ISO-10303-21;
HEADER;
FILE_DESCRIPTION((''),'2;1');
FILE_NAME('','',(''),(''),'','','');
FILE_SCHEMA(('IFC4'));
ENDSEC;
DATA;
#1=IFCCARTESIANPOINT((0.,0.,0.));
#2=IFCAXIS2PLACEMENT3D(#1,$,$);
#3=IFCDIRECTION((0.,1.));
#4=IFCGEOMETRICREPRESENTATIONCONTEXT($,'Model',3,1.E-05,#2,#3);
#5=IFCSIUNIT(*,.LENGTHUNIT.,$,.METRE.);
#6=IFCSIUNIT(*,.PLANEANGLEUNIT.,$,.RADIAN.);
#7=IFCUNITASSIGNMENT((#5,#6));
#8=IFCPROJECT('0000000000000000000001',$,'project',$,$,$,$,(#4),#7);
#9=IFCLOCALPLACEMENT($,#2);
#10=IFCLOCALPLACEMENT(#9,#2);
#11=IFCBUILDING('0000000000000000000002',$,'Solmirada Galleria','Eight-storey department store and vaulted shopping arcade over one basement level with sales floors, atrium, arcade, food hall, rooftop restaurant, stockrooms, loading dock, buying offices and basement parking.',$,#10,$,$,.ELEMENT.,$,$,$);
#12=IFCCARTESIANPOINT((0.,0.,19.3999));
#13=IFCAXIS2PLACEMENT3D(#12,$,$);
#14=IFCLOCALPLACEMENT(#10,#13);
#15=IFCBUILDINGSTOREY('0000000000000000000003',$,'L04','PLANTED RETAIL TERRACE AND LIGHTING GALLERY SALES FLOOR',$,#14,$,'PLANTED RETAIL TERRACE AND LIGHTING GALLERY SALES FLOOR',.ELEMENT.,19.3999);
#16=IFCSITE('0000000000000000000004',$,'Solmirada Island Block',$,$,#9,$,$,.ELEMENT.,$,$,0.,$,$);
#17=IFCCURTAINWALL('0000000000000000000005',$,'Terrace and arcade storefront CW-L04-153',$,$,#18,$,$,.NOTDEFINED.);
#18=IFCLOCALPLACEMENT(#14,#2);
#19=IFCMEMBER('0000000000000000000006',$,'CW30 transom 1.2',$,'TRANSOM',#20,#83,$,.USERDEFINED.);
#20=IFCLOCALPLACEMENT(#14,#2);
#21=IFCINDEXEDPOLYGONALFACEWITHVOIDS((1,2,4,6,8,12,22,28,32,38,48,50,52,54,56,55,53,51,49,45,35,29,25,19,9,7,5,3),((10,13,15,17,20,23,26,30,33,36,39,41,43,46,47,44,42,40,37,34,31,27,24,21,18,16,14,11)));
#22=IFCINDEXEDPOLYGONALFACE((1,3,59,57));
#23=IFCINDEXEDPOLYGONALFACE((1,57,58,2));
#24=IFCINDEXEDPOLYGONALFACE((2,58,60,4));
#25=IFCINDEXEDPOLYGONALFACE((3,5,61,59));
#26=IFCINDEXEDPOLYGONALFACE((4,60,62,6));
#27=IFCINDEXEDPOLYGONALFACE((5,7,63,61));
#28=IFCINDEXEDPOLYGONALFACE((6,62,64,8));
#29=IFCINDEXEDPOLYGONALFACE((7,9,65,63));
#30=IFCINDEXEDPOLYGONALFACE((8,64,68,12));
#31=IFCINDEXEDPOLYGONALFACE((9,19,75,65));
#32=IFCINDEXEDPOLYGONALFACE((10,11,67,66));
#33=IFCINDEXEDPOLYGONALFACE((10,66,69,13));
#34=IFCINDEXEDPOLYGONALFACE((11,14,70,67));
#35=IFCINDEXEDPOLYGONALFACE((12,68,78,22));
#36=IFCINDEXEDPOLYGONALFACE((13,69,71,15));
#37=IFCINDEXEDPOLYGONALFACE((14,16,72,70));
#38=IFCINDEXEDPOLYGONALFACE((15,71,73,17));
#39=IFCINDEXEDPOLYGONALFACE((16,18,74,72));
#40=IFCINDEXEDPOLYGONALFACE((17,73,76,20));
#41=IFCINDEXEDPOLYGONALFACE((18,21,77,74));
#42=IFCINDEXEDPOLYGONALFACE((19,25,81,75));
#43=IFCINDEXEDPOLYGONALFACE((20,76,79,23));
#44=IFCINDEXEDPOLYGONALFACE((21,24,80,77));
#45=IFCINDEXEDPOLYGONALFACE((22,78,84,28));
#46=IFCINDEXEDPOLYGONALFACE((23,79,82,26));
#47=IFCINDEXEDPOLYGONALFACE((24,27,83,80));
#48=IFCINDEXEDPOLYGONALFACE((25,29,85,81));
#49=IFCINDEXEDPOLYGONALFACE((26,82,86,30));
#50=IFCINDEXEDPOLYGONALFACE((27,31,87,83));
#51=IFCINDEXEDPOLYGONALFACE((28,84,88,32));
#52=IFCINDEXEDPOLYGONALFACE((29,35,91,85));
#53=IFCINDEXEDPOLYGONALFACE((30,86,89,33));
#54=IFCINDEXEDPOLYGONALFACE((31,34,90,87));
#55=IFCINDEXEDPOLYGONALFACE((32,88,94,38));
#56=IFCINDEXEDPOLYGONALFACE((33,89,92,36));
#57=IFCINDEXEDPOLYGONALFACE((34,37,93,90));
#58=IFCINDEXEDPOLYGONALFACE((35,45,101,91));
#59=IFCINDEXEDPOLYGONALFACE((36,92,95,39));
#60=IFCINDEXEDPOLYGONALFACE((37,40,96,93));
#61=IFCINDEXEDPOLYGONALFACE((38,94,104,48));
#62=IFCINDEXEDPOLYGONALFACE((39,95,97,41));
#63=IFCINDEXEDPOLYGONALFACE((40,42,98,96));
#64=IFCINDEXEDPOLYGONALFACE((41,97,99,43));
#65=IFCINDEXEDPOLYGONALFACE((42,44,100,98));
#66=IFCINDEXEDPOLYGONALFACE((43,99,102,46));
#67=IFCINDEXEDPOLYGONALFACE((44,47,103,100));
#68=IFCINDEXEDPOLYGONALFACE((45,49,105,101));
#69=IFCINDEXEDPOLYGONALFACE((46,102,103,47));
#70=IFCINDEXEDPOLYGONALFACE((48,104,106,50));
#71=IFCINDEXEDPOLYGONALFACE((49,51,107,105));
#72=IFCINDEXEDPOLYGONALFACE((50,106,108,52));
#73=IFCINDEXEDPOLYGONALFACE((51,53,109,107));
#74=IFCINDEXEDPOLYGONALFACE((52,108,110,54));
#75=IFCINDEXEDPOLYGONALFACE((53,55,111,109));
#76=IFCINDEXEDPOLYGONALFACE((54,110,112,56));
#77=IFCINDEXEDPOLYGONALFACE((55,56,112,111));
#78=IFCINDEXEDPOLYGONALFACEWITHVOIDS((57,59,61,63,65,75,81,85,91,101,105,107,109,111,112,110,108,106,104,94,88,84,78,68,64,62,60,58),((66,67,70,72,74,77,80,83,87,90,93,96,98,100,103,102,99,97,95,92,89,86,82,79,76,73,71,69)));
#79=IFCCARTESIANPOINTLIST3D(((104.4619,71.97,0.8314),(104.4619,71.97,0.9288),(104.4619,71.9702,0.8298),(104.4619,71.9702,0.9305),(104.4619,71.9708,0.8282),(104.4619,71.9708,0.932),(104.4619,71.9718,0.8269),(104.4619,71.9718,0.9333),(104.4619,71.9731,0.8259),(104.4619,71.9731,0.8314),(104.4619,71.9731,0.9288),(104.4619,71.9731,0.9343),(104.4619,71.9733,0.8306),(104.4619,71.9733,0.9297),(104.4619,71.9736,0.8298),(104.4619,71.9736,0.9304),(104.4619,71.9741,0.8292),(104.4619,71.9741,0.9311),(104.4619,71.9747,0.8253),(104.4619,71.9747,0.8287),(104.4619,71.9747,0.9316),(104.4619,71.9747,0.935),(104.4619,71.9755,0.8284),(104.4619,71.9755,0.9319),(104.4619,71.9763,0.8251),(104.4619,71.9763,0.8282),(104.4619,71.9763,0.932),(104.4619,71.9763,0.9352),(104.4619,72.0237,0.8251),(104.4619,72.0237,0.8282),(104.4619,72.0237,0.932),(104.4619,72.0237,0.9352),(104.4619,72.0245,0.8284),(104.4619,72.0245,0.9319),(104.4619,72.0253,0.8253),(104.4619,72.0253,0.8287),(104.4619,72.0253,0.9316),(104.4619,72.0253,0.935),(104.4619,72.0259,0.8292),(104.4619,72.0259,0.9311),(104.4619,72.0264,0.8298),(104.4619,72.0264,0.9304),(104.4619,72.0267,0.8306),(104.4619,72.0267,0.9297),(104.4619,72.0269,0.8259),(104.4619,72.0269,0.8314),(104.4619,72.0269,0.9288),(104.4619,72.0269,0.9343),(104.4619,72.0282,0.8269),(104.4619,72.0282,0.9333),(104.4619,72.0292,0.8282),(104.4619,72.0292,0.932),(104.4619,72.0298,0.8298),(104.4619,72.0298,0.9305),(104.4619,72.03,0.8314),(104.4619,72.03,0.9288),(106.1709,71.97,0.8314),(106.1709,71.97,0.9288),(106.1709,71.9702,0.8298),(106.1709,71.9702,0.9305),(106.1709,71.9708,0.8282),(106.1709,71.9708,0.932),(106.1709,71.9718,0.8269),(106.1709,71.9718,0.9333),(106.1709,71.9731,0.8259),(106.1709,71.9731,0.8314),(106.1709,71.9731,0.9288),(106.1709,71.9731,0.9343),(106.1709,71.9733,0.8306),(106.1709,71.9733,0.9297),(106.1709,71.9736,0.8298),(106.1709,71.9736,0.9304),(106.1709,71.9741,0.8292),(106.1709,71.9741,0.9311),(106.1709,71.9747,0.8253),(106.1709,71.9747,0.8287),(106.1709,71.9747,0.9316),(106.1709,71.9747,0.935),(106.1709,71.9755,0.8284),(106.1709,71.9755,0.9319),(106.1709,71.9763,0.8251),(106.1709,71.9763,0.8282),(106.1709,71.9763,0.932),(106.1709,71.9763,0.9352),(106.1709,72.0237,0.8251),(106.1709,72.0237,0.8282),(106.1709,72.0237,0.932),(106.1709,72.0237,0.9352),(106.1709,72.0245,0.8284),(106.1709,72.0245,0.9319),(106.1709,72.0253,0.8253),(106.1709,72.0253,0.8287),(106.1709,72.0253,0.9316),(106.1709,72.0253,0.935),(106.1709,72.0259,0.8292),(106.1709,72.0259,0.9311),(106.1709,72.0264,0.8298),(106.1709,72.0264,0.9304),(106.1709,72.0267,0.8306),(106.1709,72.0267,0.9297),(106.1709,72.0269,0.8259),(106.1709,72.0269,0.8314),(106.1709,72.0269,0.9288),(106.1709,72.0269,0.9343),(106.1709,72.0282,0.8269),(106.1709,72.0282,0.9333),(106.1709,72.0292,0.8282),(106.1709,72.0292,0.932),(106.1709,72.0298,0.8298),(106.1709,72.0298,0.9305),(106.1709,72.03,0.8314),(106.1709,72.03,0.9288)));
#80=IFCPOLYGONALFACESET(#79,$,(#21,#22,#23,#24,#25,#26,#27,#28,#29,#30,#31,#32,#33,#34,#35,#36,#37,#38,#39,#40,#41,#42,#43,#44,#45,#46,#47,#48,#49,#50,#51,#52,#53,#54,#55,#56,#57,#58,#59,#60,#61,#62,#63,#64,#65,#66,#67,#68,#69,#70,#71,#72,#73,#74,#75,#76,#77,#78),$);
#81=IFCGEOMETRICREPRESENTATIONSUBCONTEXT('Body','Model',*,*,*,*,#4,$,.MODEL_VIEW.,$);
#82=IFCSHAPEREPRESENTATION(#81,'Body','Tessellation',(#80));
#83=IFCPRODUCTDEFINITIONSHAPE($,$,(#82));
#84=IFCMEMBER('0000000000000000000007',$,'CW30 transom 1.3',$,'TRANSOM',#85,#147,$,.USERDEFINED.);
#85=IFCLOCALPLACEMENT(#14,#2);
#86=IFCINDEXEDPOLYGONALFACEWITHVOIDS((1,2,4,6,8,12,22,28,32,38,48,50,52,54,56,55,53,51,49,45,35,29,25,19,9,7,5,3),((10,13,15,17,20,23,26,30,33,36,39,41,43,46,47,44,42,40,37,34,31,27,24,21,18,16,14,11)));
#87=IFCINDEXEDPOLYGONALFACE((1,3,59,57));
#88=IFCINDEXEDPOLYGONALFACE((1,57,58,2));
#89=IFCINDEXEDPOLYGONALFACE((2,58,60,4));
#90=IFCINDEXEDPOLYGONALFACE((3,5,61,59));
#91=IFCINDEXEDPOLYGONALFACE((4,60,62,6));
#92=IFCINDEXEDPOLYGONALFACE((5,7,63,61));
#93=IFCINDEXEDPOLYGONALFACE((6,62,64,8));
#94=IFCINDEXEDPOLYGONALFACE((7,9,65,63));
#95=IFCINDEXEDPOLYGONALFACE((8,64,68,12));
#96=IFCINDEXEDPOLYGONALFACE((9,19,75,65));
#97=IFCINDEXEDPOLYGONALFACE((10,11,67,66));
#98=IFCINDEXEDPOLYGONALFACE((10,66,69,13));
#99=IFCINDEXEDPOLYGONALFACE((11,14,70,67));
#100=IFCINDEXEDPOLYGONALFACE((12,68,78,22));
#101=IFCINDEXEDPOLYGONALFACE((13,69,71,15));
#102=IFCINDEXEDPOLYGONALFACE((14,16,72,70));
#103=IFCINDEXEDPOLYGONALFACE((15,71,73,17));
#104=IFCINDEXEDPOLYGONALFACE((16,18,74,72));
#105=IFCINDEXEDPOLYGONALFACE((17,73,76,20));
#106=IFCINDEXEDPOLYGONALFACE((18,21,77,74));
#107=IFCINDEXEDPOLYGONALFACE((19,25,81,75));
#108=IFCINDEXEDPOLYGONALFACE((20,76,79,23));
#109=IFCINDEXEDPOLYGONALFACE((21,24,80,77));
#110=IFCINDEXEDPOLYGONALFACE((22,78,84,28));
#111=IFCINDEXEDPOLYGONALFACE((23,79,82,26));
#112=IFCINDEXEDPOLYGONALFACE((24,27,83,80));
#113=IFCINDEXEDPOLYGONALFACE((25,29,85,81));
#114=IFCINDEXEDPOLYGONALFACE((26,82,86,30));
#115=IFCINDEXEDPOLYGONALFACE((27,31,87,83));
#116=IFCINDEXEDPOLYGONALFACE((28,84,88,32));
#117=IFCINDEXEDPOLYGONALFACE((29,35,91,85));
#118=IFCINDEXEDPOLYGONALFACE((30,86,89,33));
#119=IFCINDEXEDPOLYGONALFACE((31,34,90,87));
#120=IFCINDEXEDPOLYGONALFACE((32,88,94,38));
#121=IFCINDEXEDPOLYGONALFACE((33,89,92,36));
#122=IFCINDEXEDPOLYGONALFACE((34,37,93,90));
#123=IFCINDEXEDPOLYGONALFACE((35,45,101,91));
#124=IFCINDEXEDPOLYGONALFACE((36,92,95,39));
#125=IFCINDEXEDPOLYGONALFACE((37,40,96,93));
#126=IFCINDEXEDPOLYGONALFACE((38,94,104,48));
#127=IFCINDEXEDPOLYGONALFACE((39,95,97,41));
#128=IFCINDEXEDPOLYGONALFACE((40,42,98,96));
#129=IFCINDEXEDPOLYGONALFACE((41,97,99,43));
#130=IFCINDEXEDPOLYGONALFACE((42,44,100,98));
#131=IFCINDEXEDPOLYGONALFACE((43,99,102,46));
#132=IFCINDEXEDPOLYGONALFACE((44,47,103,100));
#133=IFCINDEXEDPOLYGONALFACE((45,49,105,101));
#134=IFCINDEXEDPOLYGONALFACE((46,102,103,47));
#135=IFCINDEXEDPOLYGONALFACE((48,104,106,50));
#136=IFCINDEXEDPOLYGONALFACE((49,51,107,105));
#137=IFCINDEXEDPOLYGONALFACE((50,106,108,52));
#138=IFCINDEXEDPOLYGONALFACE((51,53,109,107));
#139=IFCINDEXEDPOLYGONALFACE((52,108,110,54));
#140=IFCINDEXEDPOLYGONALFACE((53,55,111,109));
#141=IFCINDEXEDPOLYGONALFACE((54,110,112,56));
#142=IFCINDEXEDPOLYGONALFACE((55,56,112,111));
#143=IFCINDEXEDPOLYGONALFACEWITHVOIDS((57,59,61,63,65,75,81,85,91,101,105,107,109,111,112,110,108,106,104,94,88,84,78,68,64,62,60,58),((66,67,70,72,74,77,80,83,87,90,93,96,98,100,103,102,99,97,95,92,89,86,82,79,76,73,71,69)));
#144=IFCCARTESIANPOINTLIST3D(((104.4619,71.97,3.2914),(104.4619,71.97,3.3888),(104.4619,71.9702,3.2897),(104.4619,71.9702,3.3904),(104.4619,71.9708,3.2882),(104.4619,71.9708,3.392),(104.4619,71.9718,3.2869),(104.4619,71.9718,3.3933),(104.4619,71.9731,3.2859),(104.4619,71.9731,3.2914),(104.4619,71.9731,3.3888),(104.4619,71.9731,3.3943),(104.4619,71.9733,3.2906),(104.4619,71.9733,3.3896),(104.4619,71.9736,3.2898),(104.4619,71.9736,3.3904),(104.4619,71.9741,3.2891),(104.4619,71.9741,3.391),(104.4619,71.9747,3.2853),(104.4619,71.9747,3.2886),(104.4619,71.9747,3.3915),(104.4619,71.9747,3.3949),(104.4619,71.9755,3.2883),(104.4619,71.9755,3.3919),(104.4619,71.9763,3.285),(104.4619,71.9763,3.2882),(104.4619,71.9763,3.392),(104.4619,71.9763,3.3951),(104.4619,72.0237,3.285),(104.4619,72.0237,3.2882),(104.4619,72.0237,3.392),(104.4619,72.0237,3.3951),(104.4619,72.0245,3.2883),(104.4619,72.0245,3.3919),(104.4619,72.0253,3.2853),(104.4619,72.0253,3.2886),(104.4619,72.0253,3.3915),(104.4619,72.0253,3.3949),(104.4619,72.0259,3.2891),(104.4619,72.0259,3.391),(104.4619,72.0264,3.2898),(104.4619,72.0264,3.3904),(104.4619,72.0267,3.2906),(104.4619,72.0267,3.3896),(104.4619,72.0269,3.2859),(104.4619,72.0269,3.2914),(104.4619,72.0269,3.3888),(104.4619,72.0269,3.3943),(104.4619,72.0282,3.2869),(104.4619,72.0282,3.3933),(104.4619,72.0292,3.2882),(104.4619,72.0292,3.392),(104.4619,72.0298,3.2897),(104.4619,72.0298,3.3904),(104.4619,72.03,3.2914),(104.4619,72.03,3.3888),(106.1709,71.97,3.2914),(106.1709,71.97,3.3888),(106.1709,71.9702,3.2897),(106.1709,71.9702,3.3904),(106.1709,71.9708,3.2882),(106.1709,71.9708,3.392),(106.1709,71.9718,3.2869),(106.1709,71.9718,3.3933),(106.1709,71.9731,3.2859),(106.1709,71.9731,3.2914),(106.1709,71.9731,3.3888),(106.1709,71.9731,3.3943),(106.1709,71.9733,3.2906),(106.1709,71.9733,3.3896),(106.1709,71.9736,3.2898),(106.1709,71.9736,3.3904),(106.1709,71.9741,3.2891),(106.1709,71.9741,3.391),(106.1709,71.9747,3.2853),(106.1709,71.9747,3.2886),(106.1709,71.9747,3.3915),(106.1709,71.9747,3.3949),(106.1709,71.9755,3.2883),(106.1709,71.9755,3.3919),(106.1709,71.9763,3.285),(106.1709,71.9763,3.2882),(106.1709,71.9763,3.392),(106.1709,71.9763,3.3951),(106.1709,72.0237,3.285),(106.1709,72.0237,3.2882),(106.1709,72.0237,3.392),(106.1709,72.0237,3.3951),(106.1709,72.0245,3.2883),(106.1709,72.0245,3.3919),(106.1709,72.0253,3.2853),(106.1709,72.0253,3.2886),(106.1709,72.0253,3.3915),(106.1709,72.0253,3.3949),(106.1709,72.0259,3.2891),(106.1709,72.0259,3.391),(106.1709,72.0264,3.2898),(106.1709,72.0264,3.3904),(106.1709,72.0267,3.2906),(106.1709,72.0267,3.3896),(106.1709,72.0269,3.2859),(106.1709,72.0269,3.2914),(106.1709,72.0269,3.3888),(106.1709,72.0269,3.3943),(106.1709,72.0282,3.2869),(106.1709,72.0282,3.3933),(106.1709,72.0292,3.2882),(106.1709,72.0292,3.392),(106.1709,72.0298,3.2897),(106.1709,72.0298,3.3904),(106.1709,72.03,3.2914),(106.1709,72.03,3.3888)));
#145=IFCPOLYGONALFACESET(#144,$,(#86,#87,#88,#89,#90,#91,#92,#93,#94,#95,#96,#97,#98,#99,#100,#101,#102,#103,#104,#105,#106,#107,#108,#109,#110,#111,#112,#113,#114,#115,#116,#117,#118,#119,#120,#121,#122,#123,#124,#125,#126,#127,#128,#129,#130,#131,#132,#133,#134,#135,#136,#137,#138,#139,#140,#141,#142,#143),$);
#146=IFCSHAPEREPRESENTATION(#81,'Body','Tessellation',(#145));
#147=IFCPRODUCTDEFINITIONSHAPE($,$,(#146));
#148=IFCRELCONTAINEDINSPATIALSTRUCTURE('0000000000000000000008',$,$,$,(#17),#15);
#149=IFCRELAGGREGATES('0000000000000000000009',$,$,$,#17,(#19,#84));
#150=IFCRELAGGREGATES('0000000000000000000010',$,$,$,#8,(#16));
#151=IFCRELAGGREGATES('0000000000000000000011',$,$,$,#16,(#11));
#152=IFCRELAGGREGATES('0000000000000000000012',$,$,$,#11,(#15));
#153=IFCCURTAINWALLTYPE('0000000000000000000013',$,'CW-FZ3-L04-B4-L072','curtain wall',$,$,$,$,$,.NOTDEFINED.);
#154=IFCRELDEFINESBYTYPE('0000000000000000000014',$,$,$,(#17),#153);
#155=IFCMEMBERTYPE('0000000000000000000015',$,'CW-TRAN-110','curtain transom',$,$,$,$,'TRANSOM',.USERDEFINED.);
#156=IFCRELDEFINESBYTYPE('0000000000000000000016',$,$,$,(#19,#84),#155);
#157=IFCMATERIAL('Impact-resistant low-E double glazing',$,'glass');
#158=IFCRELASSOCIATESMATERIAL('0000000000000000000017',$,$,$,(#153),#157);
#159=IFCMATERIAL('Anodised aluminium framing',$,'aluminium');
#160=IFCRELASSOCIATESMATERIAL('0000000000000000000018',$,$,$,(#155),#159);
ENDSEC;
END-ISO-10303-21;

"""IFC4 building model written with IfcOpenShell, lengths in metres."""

from ifc_helpers import new_model, si_unit, direction, frame, origin, origin_2d, place, context, subcontext, project, spatial, hollow_rectangle, extrude, material, material_profile, profile_set, type_object, element, aggregate, save


model = new_model("IFC4")

# Units and contexts
model_context = context("Model", 3, precision=1e-05, world=origin(), true_north=direction((0.0, 1.0)))
body_context = subcontext(model_context, "Body", "Model", "MODEL_VIEW")
ifc_project = project(units=[si_unit("LENGTHUNIT", "METRE"), si_unit("PLANEANGLEUNIT", "RADIAN")], contexts=[model_context])

# Site, building, storey
site_placement = place(None, origin())
site = spatial("IfcSite", under=ifc_project, at=site_placement, Name="Solmirada Island Block", CompositionType="ELEMENT", RefElevation=0.0)
building_placement = place(site_placement, origin())
building = spatial("IfcBuilding", under=site, at=building_placement, Name="Solmirada Galleria", Description="Eight-storey department store and vaulted shopping arcade over one basement level with sales floors, atrium, arcade, food hall, rooftop restaurant, stockrooms, loading dock, buying offices and basement parking.", CompositionType="ELEMENT")
storey_placement = place(building_placement, frame((0.0, 0.0, 19.3999)))
storey = spatial("IfcBuildingStorey", under=building, at=storey_placement, Name="L04", Description="PLANTED RETAIL TERRACE AND LIGHTING GALLERY SALES FLOOR", LongName="PLANTED RETAIL TERRACE AND LIGHTING GALLERY SALES FLOOR", CompositionType="ELEMENT", Elevation=19.3999)

# Curtain wall, members
ifc_material_1 = material(Name="Impact-resistant low-E double glazing", Category="glass")
curtain_wall_type = type_object("IfcCurtainWallType", Name="CW-FZ3-L04-B4-L072", Description="curtain wall", PredefinedType="NOTDEFINED", material=ifc_material_1)
curtain_wall_1_placement = place(storey_placement, origin())
curtain_wall_1 = element("IfcCurtainWall", 1, at=curtain_wall_1_placement, inside=storey, type_object=curtain_wall_type, Name="Terrace and arcade storefront CW-L04-153", PredefinedType="NOTDEFINED")
ifc_material_2 = material(Name="Anodised aluminium framing", Category="aluminium")
ifc_material_profile_1 = material_profile(ifc_material_2, hollow_rectangle(XDim=0.0601, YDim=0.1101, WallThickness=0.0032, InnerFilletRadius=0.0032, OuterFilletRadius=0.0063, at=origin_2d()), Name="ALU-TRAN-110X60")
ifc_profile_set_1 = profile_set([ifc_material_profile_1], Name="Anodised aluminium framing")
member_type_1 = type_object("IfcMemberType", Name="CW-TRAN-110", Description="curtain transom", ElementType="TRANSOM", PredefinedType="USERDEFINED", material=ifc_profile_set_1)
member_1_placement = place(storey_placement, frame((104.4619, 72.0, 0.8801), z_axis=(1.0, 0.0, 0.0), x_axis=(0.0, 1.0, 0.0)))
member_1 = element("IfcMember", 2, at=member_1_placement, type_object=member_type_1, Name="CW30 transom 1.2", ObjectType="TRANSOM", PredefinedType="USERDEFINED", context=body_context, shape_type="SweptSolid", body=[
    extrude(hollow_rectangle(XDim=0.0601, YDim=0.1101, WallThickness=0.0032, InnerFilletRadius=0.0032, OuterFilletRadius=0.0063, at=origin_2d()), origin(), (0.0, 0.0, 1.0), 1.709),
])
member_2_placement = place(storey_placement, frame((104.4619, 72.0, 3.3401), z_axis=(1.0, 0.0, 0.0), x_axis=(0.0, 1.0, 0.0)))
member_2 = element("IfcMember", 3, at=member_2_placement, type_object=member_type_1, Name="CW30 transom 1.3", ObjectType="TRANSOM", PredefinedType="USERDEFINED", context=body_context, shape_type="SweptSolid", body=[
    extrude(hollow_rectangle(XDim=0.0601, YDim=0.1101, WallThickness=0.0032, InnerFilletRadius=0.0032, OuterFilletRadius=0.0063, at=origin_2d()), origin(), (0.0, 0.0, 1.0), 1.709),
])

aggregate(curtain_wall_1, [member_1, member_2])

save(model, "model.ifc")
